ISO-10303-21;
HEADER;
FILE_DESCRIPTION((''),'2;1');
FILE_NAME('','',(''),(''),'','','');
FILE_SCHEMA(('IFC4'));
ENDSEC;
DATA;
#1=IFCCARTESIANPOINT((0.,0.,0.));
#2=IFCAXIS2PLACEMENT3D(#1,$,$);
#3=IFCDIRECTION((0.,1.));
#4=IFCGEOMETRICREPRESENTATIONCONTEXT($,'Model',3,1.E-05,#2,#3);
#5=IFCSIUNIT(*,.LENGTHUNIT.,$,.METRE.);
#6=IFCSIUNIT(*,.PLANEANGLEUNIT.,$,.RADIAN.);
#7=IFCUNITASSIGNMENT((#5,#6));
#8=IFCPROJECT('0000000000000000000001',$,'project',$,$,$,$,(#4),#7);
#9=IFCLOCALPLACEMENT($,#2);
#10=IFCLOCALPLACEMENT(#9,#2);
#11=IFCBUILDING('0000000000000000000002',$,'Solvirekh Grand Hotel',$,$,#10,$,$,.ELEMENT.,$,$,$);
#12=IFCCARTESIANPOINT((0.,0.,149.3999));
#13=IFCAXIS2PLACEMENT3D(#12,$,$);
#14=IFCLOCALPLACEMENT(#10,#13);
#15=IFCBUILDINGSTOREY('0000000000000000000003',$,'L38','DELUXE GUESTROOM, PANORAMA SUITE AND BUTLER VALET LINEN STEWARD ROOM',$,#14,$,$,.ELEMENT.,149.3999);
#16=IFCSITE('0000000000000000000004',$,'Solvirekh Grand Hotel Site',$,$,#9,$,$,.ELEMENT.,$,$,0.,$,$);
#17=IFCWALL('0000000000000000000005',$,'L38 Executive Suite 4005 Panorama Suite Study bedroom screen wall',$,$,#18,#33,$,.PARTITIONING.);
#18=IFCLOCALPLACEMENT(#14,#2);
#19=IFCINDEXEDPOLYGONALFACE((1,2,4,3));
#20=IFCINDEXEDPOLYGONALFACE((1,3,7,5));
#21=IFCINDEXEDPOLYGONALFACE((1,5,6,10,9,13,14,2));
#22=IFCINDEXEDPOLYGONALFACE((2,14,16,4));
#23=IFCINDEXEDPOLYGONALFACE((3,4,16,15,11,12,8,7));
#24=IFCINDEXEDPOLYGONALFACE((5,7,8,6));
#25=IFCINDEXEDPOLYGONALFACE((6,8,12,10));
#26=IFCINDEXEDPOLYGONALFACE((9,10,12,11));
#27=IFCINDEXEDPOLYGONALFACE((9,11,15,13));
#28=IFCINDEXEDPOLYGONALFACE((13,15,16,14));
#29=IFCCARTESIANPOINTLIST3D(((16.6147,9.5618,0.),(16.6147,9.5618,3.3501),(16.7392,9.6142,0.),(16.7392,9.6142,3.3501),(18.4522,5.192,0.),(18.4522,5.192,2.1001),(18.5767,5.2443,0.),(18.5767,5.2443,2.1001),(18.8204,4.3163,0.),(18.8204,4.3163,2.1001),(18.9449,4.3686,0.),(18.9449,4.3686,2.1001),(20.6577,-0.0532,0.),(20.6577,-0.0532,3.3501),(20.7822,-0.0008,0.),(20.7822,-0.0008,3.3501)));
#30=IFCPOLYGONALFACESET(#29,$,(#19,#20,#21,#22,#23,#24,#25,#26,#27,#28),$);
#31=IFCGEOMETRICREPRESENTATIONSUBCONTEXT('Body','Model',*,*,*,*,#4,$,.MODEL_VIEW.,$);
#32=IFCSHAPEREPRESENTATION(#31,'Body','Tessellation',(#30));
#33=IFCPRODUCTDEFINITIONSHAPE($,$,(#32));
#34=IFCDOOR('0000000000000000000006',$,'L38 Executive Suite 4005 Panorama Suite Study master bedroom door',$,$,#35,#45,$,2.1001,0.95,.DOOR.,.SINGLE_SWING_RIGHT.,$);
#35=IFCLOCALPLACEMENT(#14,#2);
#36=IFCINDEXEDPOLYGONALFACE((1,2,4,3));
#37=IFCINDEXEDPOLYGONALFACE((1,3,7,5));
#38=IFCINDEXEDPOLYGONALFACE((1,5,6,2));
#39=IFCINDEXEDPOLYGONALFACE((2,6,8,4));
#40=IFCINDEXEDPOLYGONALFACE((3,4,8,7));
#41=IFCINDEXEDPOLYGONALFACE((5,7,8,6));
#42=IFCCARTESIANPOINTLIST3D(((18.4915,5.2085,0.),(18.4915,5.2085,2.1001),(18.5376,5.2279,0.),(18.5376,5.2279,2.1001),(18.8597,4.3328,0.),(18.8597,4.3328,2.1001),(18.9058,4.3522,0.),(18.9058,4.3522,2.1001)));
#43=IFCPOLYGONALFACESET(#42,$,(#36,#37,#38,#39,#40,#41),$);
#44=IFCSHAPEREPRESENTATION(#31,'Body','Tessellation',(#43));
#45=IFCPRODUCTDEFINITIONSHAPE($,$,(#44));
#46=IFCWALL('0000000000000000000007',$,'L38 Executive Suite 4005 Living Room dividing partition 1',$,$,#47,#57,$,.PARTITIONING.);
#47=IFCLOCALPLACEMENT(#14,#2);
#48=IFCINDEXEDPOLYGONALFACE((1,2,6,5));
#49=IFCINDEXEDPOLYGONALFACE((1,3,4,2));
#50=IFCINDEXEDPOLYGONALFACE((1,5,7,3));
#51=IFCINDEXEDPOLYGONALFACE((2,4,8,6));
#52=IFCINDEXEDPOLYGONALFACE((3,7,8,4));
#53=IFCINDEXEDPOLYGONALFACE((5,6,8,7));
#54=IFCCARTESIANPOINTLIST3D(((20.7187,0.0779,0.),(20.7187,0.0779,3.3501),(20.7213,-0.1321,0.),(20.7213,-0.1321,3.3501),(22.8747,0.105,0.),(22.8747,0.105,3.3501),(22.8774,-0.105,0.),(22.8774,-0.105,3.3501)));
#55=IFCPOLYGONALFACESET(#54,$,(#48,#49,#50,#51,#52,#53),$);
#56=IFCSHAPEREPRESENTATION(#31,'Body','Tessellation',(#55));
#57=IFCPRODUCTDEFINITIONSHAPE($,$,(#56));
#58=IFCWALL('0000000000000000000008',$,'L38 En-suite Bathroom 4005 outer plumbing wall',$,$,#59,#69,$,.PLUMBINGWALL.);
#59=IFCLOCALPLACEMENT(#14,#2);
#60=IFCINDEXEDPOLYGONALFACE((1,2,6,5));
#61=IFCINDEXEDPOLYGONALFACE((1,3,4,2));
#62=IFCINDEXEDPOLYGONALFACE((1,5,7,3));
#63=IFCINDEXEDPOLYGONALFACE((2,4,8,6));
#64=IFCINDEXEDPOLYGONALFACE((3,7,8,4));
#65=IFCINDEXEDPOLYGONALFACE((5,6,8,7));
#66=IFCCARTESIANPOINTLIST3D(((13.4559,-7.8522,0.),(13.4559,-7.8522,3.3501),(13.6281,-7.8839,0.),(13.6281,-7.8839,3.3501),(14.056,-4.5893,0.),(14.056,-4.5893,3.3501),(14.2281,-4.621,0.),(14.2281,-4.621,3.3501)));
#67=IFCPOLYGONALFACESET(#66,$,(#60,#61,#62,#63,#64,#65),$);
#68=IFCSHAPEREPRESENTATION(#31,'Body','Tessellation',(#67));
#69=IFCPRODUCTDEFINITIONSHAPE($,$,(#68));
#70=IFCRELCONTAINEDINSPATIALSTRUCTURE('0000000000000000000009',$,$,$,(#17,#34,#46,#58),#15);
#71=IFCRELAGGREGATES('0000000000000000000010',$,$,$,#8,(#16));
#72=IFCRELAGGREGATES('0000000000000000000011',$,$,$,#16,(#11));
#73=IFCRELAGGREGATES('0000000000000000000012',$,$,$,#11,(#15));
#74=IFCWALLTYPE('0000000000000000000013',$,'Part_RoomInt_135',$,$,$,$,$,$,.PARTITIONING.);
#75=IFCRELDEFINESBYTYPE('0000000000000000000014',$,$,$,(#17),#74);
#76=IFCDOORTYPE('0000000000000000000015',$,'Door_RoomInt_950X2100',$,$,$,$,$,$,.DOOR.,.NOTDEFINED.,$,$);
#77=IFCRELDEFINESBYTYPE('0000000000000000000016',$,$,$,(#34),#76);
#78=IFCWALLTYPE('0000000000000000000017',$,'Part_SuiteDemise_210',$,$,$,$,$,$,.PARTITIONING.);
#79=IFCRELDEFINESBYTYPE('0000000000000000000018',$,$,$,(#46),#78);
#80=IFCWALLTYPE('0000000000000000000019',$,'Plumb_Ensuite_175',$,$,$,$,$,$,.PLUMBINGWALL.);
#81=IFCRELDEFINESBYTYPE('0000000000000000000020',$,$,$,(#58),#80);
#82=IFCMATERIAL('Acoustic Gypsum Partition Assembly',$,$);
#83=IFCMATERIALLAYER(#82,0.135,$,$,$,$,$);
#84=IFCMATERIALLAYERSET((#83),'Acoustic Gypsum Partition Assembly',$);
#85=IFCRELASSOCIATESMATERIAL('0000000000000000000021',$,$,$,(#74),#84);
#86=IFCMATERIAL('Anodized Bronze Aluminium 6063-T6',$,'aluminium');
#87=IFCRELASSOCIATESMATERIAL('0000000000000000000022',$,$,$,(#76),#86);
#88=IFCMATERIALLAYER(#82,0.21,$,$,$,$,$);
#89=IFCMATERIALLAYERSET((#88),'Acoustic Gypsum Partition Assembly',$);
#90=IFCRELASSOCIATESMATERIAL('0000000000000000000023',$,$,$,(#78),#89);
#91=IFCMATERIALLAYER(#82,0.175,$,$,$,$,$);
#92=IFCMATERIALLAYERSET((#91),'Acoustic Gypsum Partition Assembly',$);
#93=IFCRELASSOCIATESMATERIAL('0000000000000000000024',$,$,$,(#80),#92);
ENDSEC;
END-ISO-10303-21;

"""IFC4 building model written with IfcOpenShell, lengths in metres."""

from ifc_helpers import new_model, si_unit, direction, frame, frame_2d, origin, place, context, subcontext, project, spatial, rectangle, extrude, material, layer, layer_set, type_object, element, fill, save


model = new_model("IFC4")

# Units and contexts
model_context = context("Model", 3, precision=1e-05, world=origin(), true_north=direction((0.0, 1.0)))
body_context = subcontext(model_context, "Body", "Model", "MODEL_VIEW")
ifc_project = project(units=[si_unit("LENGTHUNIT", "METRE"), si_unit("PLANEANGLEUNIT", "RADIAN")], contexts=[model_context])

# Site, building, storey
site_placement = place(None, origin())
site = spatial("IfcSite", under=ifc_project, at=site_placement, Name="Solvirekh Grand Hotel Site", CompositionType="ELEMENT", RefElevation=0.0)
building_placement = place(site_placement, origin())
building = spatial("IfcBuilding", under=site, at=building_placement, Name="Solvirekh Grand Hotel", CompositionType="ELEMENT")
storey_placement = place(building_placement, frame((0.0, 0.0, 149.3999)))
storey = spatial("IfcBuildingStorey", under=building, at=storey_placement, Name="L38", Description="DELUXE GUESTROOM, PANORAMA SUITE AND BUTLER VALET LINEN STEWARD ROOM", CompositionType="ELEMENT", Elevation=149.3999)

# Shared definitions
ifc_material_1 = material(Name="Anodized Bronze Aluminium 6063-T6", Category="aluminium")

# Shared definitions
ifc_material_2 = material(Name="Acoustic Gypsum Partition Assembly")

# Wall, opening, door
ifc_layer_1 = layer(ifc_material_2, 0.135)
ifc_layer_set_1 = layer_set([ifc_layer_1], Name="Acoustic Gypsum Partition Assembly")
wall_type_1 = type_object("IfcWallType", Name="Part_RoomInt_135", PredefinedType="PARTITIONING", material=ifc_layer_set_1)
wall_1_placement = place(storey_placement, frame((20.72, -0.0271, 0.0), z_axis=(0.0, 0.0, 1.0), x_axis=(-0.387613, 0.921822, 0.0)))
wall_1 = element("IfcWall", 1, at=wall_1_placement, inside=storey, type_object=wall_type_1, Name="L38 Executive Suite 4005 Panorama Suite Study bedroom screen wall", PredefinedType="PARTITIONING", context=body_context, shape_type="SweptSolid", body=[
    extrude(rectangle(XDim=10.4304, YDim=0.135, at=frame_2d((5.2153, 0.0))), origin(), (0.0, 0.0, 1.0), 3.3501),
])
opening_1_placement = place(wall_1_placement, frame((4.74, 0.0, 0.0)))
opening_1 = element("IfcOpeningElement", 2, at=opening_1_placement, cuts=wall_1, PredefinedType="OPENING", context=body_context, shape_type="SweptSolid", body=[
    extrude(rectangle(XDim=0.95, YDim=2.1001, at=frame_2d((0.4751, 1.05))), frame((0.0, 0.0776, 0.0), z_axis=(0.0, -1.0, 0.0), x_axis=(1.0, 0.0, 0.0)), (0.0, 0.0, 1.0), 0.155),
])
door_type_1 = type_object("IfcDoorType", Name="Door_RoomInt_950X2100", OperationType="NOTDEFINED", PredefinedType="DOOR", material=ifc_material_1)
door_1_placement = place(opening_1_placement, origin())
door_1 = element("IfcDoor", 3, at=door_1_placement, inside=storey, type_object=door_type_1, Name="L38 Executive Suite 4005 Panorama Suite Study master bedroom door", OperationType="SINGLE_SWING_RIGHT", OverallHeight=2.1001, OverallWidth=0.95, PredefinedType="DOOR", context=body_context, shape_type="SweptSolid", body=[
    extrude(rectangle(XDim=0.95, YDim=2.1001, at=frame_2d((0.4751, 1.05))), frame((0.0, 0.0249, 0.0), z_axis=(0.0, -1.0, 0.0), x_axis=(1.0, 0.0, 0.0)), (0.0, 0.0, 1.0), 0.05),
])
fill(opening_1, door_1)

# Walls
ifc_layer_2 = layer(ifc_material_2, 0.21)
ifc_layer_set_2 = layer_set([ifc_layer_2], Name="Acoustic Gypsum Partition Assembly")
wall_type_2 = type_object("IfcWallType", Name="Part_SuiteDemise_210", PredefinedType="PARTITIONING", material=ifc_layer_set_2)
wall_2_placement = place(storey_placement, frame((20.72, -0.0271, 0.0), z_axis=(0.0, 0.0, 1.0), x_axis=(0.999921, 0.012568, 0.0)))
element("IfcWall", 4, at=wall_2_placement, inside=storey, type_object=wall_type_2, Name="L38 Executive Suite 4005 Living Room dividing partition 1", PredefinedType="PARTITIONING", context=body_context, shape_type="SweptSolid", body=[
    extrude(rectangle(XDim=2.1562, YDim=0.21, at=frame_2d((1.0781, 0.0))), origin(), (0.0, 0.0, 1.0), 3.3501),
])
ifc_layer_3 = layer(ifc_material_2, 0.175)
ifc_layer_set_3 = layer_set([ifc_layer_3], Name="Acoustic Gypsum Partition Assembly")
wall_type_3 = type_object("IfcWallType", Name="Plumb_Ensuite_175", PredefinedType="PLUMBINGWALL", material=ifc_layer_set_3)
wall_3_placement = place(storey_placement, frame((13.542, -7.8679, 0.0), z_axis=(0.0, 0.0, 1.0), x_axis=(0.18088, 0.983505, 0.0)))
element("IfcWall", 5, at=wall_3_placement, inside=storey, type_object=wall_type_3, Name="L38 En-suite Bathroom 4005 outer plumbing wall", PredefinedType="PLUMBINGWALL", context=body_context, shape_type="SweptSolid", body=[
    extrude(rectangle(XDim=3.3176, YDim=0.175, at=frame_2d((1.6587, 0.0))), origin(), (0.0, 0.0, 1.0), 3.3501),
])

save(model, "model.ifc")
